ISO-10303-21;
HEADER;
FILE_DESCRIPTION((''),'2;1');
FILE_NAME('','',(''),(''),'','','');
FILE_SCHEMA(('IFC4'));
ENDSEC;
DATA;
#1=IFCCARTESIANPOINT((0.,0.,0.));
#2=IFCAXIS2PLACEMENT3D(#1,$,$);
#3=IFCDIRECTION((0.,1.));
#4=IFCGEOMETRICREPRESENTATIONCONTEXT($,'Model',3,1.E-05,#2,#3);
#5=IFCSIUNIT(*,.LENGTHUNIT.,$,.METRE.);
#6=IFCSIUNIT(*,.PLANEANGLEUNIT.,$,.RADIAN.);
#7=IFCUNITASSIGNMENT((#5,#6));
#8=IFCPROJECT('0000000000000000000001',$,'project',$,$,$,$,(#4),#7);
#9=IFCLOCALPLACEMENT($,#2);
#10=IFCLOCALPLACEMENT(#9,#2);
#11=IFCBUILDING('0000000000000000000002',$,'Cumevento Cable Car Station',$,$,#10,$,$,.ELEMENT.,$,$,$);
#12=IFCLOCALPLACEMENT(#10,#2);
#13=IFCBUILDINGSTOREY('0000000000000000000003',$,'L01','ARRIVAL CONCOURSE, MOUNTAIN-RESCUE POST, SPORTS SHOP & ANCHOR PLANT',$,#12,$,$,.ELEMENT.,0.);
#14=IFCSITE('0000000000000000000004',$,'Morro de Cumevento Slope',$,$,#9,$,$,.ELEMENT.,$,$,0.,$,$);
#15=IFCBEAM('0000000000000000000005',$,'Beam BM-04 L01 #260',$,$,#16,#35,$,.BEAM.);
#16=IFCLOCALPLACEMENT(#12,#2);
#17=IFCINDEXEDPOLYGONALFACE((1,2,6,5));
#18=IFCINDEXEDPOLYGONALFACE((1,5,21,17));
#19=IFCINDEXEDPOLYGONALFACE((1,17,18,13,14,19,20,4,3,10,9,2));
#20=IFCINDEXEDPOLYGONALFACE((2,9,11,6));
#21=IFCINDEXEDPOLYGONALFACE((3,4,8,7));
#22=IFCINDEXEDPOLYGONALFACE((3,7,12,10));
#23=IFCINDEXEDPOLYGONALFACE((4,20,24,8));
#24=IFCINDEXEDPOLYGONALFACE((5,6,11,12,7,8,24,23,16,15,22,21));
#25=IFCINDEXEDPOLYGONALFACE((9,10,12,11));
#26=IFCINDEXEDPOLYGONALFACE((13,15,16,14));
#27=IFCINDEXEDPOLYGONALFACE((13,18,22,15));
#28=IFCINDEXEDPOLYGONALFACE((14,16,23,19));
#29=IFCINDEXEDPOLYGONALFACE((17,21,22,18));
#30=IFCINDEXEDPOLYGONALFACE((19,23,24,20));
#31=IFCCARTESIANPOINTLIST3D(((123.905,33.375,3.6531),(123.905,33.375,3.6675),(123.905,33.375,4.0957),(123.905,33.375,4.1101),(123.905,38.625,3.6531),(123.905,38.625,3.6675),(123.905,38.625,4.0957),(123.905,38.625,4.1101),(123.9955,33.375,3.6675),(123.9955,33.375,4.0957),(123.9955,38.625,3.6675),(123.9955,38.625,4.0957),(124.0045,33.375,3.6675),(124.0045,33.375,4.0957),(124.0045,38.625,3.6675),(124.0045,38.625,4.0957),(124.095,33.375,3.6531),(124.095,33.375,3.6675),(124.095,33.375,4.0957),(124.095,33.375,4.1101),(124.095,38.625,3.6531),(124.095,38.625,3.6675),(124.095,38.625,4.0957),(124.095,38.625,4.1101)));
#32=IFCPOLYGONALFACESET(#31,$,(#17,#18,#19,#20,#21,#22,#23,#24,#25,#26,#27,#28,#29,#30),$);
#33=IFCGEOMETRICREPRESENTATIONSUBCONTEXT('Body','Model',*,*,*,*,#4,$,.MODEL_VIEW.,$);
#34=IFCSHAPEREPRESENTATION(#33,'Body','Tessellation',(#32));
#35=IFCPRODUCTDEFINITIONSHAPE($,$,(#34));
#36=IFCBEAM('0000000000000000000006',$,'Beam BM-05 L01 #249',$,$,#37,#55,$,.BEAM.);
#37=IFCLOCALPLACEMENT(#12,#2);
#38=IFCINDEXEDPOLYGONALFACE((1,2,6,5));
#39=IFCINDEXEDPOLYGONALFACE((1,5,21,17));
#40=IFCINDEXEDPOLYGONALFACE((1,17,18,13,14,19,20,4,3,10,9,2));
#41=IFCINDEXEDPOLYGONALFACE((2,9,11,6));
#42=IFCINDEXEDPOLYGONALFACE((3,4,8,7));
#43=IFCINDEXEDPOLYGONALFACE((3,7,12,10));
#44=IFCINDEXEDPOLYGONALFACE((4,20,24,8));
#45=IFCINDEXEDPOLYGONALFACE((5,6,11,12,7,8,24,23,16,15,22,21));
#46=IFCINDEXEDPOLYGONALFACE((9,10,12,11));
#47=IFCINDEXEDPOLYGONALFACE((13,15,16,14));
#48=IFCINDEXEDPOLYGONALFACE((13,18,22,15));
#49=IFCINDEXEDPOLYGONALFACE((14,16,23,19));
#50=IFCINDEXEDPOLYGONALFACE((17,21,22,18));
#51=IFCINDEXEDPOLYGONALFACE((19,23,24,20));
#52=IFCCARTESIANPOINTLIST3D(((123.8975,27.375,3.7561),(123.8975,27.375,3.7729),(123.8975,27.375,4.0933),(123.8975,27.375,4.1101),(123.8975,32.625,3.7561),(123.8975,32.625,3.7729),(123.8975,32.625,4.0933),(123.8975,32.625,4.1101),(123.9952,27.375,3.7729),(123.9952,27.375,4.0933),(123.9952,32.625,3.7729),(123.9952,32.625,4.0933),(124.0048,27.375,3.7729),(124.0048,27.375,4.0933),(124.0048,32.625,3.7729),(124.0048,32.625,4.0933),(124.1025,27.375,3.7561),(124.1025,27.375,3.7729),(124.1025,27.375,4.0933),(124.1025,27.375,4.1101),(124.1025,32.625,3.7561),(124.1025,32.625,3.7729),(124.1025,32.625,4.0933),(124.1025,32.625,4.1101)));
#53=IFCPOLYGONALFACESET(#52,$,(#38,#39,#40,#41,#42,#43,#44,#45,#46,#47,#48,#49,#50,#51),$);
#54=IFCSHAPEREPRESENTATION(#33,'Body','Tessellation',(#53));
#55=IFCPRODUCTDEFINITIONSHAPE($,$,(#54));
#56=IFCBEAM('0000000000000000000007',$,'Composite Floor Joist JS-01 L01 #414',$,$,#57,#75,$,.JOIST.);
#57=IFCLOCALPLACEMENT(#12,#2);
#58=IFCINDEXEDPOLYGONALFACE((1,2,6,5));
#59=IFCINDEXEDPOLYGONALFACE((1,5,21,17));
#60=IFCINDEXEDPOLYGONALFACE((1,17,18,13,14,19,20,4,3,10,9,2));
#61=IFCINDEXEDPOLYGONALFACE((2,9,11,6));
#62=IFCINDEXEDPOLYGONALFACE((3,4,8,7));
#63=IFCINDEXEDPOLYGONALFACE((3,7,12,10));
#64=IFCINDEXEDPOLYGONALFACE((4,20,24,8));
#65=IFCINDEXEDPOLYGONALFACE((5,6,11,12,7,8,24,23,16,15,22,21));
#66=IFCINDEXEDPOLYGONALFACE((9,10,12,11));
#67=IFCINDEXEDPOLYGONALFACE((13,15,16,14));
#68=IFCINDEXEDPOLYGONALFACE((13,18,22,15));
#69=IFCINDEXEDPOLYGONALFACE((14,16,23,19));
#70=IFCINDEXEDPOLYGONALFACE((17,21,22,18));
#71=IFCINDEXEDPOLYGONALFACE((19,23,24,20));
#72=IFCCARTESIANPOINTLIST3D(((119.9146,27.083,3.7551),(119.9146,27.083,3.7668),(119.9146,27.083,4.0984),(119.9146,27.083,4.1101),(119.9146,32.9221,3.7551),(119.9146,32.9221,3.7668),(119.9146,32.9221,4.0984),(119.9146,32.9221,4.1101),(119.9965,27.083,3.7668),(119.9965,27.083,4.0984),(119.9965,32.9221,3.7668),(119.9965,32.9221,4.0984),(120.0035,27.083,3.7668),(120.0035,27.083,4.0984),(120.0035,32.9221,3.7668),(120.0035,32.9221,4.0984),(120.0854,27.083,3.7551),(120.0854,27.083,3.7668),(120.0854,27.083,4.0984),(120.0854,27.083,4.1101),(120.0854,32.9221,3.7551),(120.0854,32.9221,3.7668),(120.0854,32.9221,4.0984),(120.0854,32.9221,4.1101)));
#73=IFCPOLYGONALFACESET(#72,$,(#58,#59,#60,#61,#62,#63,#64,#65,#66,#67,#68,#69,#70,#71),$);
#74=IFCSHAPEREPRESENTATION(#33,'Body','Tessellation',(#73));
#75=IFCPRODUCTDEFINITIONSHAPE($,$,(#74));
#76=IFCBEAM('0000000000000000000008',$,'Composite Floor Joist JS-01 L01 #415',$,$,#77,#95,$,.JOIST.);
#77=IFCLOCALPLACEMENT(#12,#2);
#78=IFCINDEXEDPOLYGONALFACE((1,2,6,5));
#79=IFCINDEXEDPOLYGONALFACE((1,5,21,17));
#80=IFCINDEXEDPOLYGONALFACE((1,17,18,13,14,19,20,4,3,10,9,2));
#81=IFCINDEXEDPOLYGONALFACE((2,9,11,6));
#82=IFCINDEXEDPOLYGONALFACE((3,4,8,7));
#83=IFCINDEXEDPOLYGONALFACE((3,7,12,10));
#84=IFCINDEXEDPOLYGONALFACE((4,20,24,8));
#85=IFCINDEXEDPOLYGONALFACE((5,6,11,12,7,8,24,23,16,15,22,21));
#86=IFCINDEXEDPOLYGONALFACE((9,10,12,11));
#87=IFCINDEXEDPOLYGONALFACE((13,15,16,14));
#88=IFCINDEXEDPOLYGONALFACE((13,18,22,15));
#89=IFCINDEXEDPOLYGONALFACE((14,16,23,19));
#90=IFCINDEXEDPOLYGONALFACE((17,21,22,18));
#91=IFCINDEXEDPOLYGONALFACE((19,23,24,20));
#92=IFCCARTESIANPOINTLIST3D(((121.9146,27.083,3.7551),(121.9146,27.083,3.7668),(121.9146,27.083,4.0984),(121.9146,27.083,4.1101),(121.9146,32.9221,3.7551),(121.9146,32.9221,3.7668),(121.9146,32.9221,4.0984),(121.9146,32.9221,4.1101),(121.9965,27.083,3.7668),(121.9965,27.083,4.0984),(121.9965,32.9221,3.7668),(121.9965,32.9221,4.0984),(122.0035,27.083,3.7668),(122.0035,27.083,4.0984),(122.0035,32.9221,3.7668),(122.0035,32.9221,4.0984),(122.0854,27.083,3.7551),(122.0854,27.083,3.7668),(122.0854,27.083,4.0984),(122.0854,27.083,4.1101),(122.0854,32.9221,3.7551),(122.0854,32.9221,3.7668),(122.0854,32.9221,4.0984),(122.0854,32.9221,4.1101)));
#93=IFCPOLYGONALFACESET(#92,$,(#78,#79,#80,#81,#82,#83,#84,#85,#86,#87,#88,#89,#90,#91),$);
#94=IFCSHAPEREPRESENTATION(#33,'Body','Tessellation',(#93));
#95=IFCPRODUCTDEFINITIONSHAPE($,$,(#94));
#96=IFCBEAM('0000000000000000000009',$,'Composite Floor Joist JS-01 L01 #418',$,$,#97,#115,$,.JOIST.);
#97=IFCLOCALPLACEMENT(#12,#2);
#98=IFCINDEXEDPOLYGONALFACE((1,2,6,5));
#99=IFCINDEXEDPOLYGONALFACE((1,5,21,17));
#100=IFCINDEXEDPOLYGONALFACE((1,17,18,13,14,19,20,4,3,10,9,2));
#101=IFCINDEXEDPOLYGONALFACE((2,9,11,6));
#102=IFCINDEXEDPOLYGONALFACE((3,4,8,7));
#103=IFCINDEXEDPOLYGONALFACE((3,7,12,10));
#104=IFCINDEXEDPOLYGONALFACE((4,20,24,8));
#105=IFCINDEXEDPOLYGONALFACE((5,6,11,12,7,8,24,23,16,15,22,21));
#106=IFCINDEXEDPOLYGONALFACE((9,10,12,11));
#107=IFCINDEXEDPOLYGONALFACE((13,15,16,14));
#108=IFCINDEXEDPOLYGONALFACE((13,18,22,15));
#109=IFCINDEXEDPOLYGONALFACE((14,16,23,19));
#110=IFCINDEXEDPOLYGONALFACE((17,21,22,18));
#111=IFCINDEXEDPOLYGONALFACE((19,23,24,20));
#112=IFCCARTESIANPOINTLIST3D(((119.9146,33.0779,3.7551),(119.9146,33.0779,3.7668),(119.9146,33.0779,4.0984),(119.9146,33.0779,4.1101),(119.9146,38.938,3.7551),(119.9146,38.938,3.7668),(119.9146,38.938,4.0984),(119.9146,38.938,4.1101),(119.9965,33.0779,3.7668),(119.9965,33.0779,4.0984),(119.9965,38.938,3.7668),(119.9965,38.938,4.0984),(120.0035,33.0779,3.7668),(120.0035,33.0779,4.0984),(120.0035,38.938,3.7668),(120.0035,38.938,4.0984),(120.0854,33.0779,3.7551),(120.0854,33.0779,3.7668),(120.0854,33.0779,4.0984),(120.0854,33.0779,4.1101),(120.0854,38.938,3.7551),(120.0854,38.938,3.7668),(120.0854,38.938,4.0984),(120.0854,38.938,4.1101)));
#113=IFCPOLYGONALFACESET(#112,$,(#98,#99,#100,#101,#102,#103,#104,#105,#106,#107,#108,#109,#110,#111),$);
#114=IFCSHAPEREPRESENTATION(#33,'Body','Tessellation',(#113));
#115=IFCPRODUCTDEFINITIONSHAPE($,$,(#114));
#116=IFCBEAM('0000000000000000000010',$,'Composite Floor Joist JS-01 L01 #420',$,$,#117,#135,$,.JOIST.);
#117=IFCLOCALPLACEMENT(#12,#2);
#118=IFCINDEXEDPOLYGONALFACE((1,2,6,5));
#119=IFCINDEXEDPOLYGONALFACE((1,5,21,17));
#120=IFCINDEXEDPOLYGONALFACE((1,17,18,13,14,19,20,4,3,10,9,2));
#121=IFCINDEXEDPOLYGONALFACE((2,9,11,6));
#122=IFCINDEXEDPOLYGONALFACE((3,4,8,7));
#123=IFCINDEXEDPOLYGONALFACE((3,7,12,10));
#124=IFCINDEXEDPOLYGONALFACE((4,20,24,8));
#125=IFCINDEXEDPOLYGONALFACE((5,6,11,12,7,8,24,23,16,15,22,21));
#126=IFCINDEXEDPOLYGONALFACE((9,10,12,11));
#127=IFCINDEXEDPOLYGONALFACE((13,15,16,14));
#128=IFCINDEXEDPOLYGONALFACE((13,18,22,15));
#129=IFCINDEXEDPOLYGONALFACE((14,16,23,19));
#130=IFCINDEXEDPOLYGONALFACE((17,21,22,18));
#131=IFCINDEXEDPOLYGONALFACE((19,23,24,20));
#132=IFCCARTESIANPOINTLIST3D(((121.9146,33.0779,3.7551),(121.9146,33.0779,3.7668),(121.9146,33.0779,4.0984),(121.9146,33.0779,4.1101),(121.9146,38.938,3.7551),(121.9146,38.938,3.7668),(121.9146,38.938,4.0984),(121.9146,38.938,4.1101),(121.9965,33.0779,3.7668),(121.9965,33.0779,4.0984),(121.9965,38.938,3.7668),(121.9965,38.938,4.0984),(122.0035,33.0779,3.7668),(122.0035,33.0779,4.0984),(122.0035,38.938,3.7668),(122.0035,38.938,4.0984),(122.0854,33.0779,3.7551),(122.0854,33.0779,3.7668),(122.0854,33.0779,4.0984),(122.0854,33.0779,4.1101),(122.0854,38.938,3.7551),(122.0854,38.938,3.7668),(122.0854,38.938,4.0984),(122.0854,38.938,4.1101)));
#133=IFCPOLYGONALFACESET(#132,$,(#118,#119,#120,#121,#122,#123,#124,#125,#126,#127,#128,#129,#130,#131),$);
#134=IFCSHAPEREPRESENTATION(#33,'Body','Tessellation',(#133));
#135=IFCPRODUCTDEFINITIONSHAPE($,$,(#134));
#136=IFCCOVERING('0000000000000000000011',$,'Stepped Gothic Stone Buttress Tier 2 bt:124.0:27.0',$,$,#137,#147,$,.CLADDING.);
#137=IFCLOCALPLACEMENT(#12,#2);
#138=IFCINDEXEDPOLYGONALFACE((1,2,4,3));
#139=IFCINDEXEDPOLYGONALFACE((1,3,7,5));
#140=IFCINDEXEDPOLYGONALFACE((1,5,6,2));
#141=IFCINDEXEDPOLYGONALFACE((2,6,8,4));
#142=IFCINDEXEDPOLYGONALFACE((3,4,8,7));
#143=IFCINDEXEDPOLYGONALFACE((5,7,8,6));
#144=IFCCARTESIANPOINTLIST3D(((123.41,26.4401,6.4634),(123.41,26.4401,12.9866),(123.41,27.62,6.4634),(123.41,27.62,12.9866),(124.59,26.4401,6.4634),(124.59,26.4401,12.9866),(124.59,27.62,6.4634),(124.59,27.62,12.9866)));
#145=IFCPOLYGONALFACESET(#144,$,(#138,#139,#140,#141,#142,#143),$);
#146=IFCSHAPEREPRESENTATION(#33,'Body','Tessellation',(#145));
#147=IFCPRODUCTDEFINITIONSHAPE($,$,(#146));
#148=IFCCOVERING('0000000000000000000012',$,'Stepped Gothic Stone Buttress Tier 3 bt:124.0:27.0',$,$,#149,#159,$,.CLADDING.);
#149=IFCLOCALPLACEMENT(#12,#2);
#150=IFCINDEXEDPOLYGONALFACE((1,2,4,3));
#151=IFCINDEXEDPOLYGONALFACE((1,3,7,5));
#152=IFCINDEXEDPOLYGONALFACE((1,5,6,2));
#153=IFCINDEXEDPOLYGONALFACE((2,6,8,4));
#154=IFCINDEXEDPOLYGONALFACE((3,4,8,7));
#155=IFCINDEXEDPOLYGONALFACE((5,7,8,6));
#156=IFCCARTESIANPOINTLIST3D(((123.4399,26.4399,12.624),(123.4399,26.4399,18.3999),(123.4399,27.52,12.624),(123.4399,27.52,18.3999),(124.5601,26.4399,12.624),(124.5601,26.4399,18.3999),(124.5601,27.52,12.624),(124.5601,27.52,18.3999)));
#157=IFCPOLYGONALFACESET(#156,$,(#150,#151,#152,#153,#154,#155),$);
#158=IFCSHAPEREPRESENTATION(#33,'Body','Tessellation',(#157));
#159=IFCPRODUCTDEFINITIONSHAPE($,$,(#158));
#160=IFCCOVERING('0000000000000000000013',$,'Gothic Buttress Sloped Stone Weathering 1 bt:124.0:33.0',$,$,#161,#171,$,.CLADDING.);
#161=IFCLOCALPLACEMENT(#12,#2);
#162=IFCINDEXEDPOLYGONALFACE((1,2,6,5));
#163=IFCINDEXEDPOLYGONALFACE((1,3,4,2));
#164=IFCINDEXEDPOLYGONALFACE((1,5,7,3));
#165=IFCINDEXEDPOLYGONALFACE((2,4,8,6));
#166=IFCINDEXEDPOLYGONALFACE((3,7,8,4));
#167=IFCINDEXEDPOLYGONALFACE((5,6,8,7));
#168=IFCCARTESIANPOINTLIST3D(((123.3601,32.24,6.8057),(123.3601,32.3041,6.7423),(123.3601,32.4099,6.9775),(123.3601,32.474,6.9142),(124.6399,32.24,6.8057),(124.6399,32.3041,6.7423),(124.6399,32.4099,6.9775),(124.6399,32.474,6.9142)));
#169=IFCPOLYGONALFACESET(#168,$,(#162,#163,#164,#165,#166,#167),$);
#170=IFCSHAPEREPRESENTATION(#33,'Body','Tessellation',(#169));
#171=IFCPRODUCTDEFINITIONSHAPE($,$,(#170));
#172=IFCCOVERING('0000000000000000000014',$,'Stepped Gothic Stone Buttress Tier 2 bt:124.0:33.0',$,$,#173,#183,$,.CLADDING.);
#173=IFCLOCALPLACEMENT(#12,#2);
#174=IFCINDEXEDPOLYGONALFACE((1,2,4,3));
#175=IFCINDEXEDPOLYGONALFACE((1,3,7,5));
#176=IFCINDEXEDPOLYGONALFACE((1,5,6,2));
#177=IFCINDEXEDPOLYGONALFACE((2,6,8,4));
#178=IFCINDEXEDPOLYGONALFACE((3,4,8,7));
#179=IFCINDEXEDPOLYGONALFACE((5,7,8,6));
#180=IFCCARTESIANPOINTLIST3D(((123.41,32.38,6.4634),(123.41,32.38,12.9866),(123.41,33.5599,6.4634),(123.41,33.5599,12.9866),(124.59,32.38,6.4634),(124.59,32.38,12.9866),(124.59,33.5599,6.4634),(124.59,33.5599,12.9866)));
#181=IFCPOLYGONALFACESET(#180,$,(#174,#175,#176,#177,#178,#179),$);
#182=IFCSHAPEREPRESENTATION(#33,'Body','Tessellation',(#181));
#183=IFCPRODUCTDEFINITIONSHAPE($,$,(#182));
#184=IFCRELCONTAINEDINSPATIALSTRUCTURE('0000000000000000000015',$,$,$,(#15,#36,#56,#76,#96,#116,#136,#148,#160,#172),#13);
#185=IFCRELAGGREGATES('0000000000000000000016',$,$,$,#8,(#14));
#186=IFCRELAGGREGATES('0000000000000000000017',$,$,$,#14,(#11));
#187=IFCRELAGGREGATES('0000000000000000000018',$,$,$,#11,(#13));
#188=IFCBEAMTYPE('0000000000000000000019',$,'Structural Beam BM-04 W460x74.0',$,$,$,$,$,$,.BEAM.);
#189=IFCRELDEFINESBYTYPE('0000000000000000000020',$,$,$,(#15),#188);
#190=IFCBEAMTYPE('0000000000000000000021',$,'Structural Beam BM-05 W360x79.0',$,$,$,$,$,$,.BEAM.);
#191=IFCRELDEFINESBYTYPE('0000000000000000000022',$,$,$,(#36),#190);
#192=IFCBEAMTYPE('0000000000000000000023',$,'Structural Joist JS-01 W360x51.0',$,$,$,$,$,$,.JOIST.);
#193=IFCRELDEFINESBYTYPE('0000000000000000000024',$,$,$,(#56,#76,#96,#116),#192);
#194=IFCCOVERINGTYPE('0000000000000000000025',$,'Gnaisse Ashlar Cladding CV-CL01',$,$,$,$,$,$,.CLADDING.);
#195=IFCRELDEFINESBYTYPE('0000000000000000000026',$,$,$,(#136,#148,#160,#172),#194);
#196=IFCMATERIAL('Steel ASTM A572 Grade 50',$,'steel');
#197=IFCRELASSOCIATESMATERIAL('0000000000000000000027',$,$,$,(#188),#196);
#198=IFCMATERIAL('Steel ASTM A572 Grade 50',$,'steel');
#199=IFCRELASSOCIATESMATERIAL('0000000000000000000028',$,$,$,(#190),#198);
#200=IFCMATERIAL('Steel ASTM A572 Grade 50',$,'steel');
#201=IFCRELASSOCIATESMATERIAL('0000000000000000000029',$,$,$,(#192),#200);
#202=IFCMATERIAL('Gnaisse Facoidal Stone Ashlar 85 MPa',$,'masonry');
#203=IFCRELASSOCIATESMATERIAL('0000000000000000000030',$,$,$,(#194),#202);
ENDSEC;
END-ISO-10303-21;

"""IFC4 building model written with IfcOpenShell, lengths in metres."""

from ifc_helpers import new_model, si_unit, direction, frame, origin, origin_2d, place, context, subcontext, project, spatial, polyline, rectangle, i_section, outline, extrude, material, material_profile, profile_set, type_object, element, save


model = new_model("IFC4")

# Units and contexts
model_context = context("Model", 3, precision=1e-05, world=origin(), true_north=direction((0.0, 1.0)))
body_context = subcontext(model_context, "Body", "Model", "MODEL_VIEW")
ifc_project = project(units=[si_unit("LENGTHUNIT", "METRE"), si_unit("PLANEANGLEUNIT", "RADIAN")], contexts=[model_context])

# Site, building, storey
site_placement = place(None, origin())
site = spatial("IfcSite", under=ifc_project, at=site_placement, Name="Morro de Cumevento Slope", CompositionType="ELEMENT", RefElevation=0.0)
building_placement = place(site_placement, origin())
building = spatial("IfcBuilding", under=site, at=building_placement, Name="Cumevento Cable Car Station", CompositionType="ELEMENT")
storey_placement = place(building_placement, origin())
storey = spatial("IfcBuildingStorey", under=building, at=storey_placement, Name="L01", Description="ARRIVAL CONCOURSE, MOUNTAIN-RESCUE POST, SPORTS SHOP & ANCHOR PLANT", CompositionType="ELEMENT", Elevation=0.0)

# Beams
ifc_material_1 = material(Name="Steel ASTM A572 Grade 50", Category="steel")
ifc_material_profile_1 = material_profile(ifc_material_1, i_section(OverallWidth=0.1899, OverallDepth=0.457, WebThickness=0.009, FlangeThickness=0.0144, at=origin_2d()), Name="W460x74.0")
ifc_profile_set_1 = profile_set([ifc_material_profile_1], Name="Steel ASTM A572 Grade 50")
beam_type_1 = type_object("IfcBeamType", Name="Structural Beam BM-04 W460x74.0", PredefinedType="BEAM", material=ifc_profile_set_1)
beam_1_placement = place(storey_placement, frame((124.0, 33.375, 3.8816), z_axis=(0.0, 1.0, 0.0), x_axis=(-1.0, 0.0, 0.0)))
element("IfcBeam", 1, at=beam_1_placement, inside=storey, type_object=beam_type_1, Name="Beam BM-04 L01 #260", PredefinedType="BEAM", context=body_context, shape_type="SweptSolid", body=[
    extrude(i_section(OverallWidth=0.1899, OverallDepth=0.457, WebThickness=0.009, FlangeThickness=0.0144, at=origin_2d()), origin(), (0.0, 0.0, 1.0), 5.25),
])
ifc_material_2 = material(Name="Steel ASTM A572 Grade 50", Category="steel")
ifc_material_profile_2 = material_profile(ifc_material_2, i_section(OverallWidth=0.2051, OverallDepth=0.354, WebThickness=0.0095, FlangeThickness=0.0168, at=origin_2d()), Name="W360x79.0")
ifc_profile_set_2 = profile_set([ifc_material_profile_2], Name="Steel ASTM A572 Grade 50")
beam_type_2 = type_object("IfcBeamType", Name="Structural Beam BM-05 W360x79.0", PredefinedType="BEAM", material=ifc_profile_set_2)
beam_2_placement = place(storey_placement, frame((124.0, 27.375, 3.9331), z_axis=(0.0, 1.0, 0.0), x_axis=(-1.0, 0.0, 0.0)))
element("IfcBeam", 2, at=beam_2_placement, inside=storey, type_object=beam_type_2, Name="Beam BM-05 L01 #249", PredefinedType="BEAM", context=body_context, shape_type="SweptSolid", body=[
    extrude(i_section(OverallWidth=0.2051, OverallDepth=0.354, WebThickness=0.0095, FlangeThickness=0.0168, at=origin_2d()), origin(), (0.0, 0.0, 1.0), 5.25),
])
ifc_material_3 = material(Name="Steel ASTM A572 Grade 50", Category="steel")
ifc_material_profile_3 = material_profile(ifc_material_3, i_section(OverallWidth=0.1709, OverallDepth=0.355, WebThickness=0.0071, FlangeThickness=0.0117, at=origin_2d()), Name="W360x51.0")
ifc_profile_set_3 = profile_set([ifc_material_profile_3], Name="Steel ASTM A572 Grade 50")
beam_type_3 = type_object("IfcBeamType", Name="Structural Joist JS-01 W360x51.0", PredefinedType="JOIST", material=ifc_profile_set_3)
for number, where, z_axis, x_axis, name in (
    (3, (120.0, 27.083, 3.9326), (0.0, 1.0, 0.0), (-1.0, 0.0, 0.0), "Composite Floor Joist JS-01 L01 #414"),
    (4, (122.0, 27.083, 3.9326), (0.0, 1.0, 0.0), (-1.0, 0.0, 0.0), "Composite Floor Joist JS-01 L01 #415"),
):
    element("IfcBeam", number, at=place(storey_placement, frame(where, z_axis=z_axis, x_axis=x_axis)), inside=storey, type_object=beam_type_3, Name=name, PredefinedType="JOIST", context=body_context, shape_type="SweptSolid", body=[
        extrude(i_section(OverallWidth=0.1709, OverallDepth=0.355, WebThickness=0.0071, FlangeThickness=0.0117, at=origin_2d()), origin(), (0.0, 0.0, 1.0), 5.8391),
    ])
for number, where, z_axis, x_axis, name in (
    (5, (120.0, 33.0779, 3.9326), (0.0, 1.0, 0.0), (-1.0, 0.0, 0.0), "Composite Floor Joist JS-01 L01 #418"),
    (6, (122.0, 33.0779, 3.9326), (0.0, 1.0, 0.0), (-1.0, 0.0, 0.0), "Composite Floor Joist JS-01 L01 #420"),
):
    element("IfcBeam", number, at=place(storey_placement, frame(where, z_axis=z_axis, x_axis=x_axis)), inside=storey, type_object=beam_type_3, Name=name, PredefinedType="JOIST", context=body_context, shape_type="SweptSolid", body=[
        extrude(i_section(OverallWidth=0.1709, OverallDepth=0.355, WebThickness=0.0071, FlangeThickness=0.0117, at=origin_2d()), origin(), (0.0, 0.0, 1.0), 5.8601),
    ])

# Coverings
ifc_material_4 = material(Name="Gnaisse Facoidal Stone Ashlar 85 MPa", Category="masonry")
covering_type = type_object("IfcCoveringType", Name="Gnaisse Ashlar Cladding CV-CL01", PredefinedType="CLADDING", material=ifc_material_4)
covering_1_placement = place(storey_placement, frame((124.0, 27.03, 6.4634), z_axis=(0.0, 0.0, 1.0), x_axis=(-1.0, 0.0, 0.0)))
element("IfcCovering", 7, at=covering_1_placement, inside=storey, type_object=covering_type, Name="Stepped Gothic Stone Buttress Tier 2 bt:124.0:27.0", PredefinedType="CLADDING", context=body_context, shape_type="SweptSolid", body=[
    extrude(rectangle(XDim=1.1799, YDim=1.1799, at=origin_2d()), origin(), (0.0, 0.0, 1.0), 6.5232),
])
covering_2_placement = place(storey_placement, frame((124.0, 26.98, 12.624), z_axis=(0.0, 0.0, 1.0), x_axis=(-1.0, 0.0, 0.0)))
element("IfcCovering", 8, at=covering_2_placement, inside=storey, type_object=covering_type, Name="Stepped Gothic Stone Buttress Tier 3 bt:124.0:27.0", PredefinedType="CLADDING", context=body_context, shape_type="SweptSolid", body=[
    extrude(rectangle(XDim=1.1201, YDim=1.0801, at=origin_2d()), origin(), (0.0, 0.0, 1.0), 5.7759),
])
covering_3_placement = place(storey_placement, frame((123.3601, 32.24, 6.8057), z_axis=(0.0, -0.711136, 0.703055), x_axis=(1.0, 0.0, 0.0)))
element("IfcCovering", 9, at=covering_3_placement, inside=storey, type_object=covering_type, Name="Gothic Buttress Sloped Stone Weathering 1 bt:124.0:33.0", PredefinedType="CLADDING", context=body_context, shape_type="SweptSolid", body=[
    extrude(outline(polyline([(0.0, 0.0), (1.2798, 0.0), (1.2798, 0.2417), (0.0, 0.2417), (0.0, 0.0)])), origin(), (0.0, 0.0, -1.0), 0.0901),
])
covering_4_placement = place(storey_placement, frame((124.0, 32.97, 6.4634), z_axis=(0.0, 0.0, 1.0), x_axis=(1.0, 0.0, 0.0)))
element("IfcCovering", 10, at=covering_4_placement, inside=storey, type_object=covering_type, Name="Stepped Gothic Stone Buttress Tier 2 bt:124.0:33.0", PredefinedType="CLADDING", context=body_context, shape_type="SweptSolid", body=[
    extrude(rectangle(XDim=1.1799, YDim=1.1799, at=origin_2d()), origin(), (0.0, 0.0, 1.0), 6.5232),
])

save(model, "model.ifc")
